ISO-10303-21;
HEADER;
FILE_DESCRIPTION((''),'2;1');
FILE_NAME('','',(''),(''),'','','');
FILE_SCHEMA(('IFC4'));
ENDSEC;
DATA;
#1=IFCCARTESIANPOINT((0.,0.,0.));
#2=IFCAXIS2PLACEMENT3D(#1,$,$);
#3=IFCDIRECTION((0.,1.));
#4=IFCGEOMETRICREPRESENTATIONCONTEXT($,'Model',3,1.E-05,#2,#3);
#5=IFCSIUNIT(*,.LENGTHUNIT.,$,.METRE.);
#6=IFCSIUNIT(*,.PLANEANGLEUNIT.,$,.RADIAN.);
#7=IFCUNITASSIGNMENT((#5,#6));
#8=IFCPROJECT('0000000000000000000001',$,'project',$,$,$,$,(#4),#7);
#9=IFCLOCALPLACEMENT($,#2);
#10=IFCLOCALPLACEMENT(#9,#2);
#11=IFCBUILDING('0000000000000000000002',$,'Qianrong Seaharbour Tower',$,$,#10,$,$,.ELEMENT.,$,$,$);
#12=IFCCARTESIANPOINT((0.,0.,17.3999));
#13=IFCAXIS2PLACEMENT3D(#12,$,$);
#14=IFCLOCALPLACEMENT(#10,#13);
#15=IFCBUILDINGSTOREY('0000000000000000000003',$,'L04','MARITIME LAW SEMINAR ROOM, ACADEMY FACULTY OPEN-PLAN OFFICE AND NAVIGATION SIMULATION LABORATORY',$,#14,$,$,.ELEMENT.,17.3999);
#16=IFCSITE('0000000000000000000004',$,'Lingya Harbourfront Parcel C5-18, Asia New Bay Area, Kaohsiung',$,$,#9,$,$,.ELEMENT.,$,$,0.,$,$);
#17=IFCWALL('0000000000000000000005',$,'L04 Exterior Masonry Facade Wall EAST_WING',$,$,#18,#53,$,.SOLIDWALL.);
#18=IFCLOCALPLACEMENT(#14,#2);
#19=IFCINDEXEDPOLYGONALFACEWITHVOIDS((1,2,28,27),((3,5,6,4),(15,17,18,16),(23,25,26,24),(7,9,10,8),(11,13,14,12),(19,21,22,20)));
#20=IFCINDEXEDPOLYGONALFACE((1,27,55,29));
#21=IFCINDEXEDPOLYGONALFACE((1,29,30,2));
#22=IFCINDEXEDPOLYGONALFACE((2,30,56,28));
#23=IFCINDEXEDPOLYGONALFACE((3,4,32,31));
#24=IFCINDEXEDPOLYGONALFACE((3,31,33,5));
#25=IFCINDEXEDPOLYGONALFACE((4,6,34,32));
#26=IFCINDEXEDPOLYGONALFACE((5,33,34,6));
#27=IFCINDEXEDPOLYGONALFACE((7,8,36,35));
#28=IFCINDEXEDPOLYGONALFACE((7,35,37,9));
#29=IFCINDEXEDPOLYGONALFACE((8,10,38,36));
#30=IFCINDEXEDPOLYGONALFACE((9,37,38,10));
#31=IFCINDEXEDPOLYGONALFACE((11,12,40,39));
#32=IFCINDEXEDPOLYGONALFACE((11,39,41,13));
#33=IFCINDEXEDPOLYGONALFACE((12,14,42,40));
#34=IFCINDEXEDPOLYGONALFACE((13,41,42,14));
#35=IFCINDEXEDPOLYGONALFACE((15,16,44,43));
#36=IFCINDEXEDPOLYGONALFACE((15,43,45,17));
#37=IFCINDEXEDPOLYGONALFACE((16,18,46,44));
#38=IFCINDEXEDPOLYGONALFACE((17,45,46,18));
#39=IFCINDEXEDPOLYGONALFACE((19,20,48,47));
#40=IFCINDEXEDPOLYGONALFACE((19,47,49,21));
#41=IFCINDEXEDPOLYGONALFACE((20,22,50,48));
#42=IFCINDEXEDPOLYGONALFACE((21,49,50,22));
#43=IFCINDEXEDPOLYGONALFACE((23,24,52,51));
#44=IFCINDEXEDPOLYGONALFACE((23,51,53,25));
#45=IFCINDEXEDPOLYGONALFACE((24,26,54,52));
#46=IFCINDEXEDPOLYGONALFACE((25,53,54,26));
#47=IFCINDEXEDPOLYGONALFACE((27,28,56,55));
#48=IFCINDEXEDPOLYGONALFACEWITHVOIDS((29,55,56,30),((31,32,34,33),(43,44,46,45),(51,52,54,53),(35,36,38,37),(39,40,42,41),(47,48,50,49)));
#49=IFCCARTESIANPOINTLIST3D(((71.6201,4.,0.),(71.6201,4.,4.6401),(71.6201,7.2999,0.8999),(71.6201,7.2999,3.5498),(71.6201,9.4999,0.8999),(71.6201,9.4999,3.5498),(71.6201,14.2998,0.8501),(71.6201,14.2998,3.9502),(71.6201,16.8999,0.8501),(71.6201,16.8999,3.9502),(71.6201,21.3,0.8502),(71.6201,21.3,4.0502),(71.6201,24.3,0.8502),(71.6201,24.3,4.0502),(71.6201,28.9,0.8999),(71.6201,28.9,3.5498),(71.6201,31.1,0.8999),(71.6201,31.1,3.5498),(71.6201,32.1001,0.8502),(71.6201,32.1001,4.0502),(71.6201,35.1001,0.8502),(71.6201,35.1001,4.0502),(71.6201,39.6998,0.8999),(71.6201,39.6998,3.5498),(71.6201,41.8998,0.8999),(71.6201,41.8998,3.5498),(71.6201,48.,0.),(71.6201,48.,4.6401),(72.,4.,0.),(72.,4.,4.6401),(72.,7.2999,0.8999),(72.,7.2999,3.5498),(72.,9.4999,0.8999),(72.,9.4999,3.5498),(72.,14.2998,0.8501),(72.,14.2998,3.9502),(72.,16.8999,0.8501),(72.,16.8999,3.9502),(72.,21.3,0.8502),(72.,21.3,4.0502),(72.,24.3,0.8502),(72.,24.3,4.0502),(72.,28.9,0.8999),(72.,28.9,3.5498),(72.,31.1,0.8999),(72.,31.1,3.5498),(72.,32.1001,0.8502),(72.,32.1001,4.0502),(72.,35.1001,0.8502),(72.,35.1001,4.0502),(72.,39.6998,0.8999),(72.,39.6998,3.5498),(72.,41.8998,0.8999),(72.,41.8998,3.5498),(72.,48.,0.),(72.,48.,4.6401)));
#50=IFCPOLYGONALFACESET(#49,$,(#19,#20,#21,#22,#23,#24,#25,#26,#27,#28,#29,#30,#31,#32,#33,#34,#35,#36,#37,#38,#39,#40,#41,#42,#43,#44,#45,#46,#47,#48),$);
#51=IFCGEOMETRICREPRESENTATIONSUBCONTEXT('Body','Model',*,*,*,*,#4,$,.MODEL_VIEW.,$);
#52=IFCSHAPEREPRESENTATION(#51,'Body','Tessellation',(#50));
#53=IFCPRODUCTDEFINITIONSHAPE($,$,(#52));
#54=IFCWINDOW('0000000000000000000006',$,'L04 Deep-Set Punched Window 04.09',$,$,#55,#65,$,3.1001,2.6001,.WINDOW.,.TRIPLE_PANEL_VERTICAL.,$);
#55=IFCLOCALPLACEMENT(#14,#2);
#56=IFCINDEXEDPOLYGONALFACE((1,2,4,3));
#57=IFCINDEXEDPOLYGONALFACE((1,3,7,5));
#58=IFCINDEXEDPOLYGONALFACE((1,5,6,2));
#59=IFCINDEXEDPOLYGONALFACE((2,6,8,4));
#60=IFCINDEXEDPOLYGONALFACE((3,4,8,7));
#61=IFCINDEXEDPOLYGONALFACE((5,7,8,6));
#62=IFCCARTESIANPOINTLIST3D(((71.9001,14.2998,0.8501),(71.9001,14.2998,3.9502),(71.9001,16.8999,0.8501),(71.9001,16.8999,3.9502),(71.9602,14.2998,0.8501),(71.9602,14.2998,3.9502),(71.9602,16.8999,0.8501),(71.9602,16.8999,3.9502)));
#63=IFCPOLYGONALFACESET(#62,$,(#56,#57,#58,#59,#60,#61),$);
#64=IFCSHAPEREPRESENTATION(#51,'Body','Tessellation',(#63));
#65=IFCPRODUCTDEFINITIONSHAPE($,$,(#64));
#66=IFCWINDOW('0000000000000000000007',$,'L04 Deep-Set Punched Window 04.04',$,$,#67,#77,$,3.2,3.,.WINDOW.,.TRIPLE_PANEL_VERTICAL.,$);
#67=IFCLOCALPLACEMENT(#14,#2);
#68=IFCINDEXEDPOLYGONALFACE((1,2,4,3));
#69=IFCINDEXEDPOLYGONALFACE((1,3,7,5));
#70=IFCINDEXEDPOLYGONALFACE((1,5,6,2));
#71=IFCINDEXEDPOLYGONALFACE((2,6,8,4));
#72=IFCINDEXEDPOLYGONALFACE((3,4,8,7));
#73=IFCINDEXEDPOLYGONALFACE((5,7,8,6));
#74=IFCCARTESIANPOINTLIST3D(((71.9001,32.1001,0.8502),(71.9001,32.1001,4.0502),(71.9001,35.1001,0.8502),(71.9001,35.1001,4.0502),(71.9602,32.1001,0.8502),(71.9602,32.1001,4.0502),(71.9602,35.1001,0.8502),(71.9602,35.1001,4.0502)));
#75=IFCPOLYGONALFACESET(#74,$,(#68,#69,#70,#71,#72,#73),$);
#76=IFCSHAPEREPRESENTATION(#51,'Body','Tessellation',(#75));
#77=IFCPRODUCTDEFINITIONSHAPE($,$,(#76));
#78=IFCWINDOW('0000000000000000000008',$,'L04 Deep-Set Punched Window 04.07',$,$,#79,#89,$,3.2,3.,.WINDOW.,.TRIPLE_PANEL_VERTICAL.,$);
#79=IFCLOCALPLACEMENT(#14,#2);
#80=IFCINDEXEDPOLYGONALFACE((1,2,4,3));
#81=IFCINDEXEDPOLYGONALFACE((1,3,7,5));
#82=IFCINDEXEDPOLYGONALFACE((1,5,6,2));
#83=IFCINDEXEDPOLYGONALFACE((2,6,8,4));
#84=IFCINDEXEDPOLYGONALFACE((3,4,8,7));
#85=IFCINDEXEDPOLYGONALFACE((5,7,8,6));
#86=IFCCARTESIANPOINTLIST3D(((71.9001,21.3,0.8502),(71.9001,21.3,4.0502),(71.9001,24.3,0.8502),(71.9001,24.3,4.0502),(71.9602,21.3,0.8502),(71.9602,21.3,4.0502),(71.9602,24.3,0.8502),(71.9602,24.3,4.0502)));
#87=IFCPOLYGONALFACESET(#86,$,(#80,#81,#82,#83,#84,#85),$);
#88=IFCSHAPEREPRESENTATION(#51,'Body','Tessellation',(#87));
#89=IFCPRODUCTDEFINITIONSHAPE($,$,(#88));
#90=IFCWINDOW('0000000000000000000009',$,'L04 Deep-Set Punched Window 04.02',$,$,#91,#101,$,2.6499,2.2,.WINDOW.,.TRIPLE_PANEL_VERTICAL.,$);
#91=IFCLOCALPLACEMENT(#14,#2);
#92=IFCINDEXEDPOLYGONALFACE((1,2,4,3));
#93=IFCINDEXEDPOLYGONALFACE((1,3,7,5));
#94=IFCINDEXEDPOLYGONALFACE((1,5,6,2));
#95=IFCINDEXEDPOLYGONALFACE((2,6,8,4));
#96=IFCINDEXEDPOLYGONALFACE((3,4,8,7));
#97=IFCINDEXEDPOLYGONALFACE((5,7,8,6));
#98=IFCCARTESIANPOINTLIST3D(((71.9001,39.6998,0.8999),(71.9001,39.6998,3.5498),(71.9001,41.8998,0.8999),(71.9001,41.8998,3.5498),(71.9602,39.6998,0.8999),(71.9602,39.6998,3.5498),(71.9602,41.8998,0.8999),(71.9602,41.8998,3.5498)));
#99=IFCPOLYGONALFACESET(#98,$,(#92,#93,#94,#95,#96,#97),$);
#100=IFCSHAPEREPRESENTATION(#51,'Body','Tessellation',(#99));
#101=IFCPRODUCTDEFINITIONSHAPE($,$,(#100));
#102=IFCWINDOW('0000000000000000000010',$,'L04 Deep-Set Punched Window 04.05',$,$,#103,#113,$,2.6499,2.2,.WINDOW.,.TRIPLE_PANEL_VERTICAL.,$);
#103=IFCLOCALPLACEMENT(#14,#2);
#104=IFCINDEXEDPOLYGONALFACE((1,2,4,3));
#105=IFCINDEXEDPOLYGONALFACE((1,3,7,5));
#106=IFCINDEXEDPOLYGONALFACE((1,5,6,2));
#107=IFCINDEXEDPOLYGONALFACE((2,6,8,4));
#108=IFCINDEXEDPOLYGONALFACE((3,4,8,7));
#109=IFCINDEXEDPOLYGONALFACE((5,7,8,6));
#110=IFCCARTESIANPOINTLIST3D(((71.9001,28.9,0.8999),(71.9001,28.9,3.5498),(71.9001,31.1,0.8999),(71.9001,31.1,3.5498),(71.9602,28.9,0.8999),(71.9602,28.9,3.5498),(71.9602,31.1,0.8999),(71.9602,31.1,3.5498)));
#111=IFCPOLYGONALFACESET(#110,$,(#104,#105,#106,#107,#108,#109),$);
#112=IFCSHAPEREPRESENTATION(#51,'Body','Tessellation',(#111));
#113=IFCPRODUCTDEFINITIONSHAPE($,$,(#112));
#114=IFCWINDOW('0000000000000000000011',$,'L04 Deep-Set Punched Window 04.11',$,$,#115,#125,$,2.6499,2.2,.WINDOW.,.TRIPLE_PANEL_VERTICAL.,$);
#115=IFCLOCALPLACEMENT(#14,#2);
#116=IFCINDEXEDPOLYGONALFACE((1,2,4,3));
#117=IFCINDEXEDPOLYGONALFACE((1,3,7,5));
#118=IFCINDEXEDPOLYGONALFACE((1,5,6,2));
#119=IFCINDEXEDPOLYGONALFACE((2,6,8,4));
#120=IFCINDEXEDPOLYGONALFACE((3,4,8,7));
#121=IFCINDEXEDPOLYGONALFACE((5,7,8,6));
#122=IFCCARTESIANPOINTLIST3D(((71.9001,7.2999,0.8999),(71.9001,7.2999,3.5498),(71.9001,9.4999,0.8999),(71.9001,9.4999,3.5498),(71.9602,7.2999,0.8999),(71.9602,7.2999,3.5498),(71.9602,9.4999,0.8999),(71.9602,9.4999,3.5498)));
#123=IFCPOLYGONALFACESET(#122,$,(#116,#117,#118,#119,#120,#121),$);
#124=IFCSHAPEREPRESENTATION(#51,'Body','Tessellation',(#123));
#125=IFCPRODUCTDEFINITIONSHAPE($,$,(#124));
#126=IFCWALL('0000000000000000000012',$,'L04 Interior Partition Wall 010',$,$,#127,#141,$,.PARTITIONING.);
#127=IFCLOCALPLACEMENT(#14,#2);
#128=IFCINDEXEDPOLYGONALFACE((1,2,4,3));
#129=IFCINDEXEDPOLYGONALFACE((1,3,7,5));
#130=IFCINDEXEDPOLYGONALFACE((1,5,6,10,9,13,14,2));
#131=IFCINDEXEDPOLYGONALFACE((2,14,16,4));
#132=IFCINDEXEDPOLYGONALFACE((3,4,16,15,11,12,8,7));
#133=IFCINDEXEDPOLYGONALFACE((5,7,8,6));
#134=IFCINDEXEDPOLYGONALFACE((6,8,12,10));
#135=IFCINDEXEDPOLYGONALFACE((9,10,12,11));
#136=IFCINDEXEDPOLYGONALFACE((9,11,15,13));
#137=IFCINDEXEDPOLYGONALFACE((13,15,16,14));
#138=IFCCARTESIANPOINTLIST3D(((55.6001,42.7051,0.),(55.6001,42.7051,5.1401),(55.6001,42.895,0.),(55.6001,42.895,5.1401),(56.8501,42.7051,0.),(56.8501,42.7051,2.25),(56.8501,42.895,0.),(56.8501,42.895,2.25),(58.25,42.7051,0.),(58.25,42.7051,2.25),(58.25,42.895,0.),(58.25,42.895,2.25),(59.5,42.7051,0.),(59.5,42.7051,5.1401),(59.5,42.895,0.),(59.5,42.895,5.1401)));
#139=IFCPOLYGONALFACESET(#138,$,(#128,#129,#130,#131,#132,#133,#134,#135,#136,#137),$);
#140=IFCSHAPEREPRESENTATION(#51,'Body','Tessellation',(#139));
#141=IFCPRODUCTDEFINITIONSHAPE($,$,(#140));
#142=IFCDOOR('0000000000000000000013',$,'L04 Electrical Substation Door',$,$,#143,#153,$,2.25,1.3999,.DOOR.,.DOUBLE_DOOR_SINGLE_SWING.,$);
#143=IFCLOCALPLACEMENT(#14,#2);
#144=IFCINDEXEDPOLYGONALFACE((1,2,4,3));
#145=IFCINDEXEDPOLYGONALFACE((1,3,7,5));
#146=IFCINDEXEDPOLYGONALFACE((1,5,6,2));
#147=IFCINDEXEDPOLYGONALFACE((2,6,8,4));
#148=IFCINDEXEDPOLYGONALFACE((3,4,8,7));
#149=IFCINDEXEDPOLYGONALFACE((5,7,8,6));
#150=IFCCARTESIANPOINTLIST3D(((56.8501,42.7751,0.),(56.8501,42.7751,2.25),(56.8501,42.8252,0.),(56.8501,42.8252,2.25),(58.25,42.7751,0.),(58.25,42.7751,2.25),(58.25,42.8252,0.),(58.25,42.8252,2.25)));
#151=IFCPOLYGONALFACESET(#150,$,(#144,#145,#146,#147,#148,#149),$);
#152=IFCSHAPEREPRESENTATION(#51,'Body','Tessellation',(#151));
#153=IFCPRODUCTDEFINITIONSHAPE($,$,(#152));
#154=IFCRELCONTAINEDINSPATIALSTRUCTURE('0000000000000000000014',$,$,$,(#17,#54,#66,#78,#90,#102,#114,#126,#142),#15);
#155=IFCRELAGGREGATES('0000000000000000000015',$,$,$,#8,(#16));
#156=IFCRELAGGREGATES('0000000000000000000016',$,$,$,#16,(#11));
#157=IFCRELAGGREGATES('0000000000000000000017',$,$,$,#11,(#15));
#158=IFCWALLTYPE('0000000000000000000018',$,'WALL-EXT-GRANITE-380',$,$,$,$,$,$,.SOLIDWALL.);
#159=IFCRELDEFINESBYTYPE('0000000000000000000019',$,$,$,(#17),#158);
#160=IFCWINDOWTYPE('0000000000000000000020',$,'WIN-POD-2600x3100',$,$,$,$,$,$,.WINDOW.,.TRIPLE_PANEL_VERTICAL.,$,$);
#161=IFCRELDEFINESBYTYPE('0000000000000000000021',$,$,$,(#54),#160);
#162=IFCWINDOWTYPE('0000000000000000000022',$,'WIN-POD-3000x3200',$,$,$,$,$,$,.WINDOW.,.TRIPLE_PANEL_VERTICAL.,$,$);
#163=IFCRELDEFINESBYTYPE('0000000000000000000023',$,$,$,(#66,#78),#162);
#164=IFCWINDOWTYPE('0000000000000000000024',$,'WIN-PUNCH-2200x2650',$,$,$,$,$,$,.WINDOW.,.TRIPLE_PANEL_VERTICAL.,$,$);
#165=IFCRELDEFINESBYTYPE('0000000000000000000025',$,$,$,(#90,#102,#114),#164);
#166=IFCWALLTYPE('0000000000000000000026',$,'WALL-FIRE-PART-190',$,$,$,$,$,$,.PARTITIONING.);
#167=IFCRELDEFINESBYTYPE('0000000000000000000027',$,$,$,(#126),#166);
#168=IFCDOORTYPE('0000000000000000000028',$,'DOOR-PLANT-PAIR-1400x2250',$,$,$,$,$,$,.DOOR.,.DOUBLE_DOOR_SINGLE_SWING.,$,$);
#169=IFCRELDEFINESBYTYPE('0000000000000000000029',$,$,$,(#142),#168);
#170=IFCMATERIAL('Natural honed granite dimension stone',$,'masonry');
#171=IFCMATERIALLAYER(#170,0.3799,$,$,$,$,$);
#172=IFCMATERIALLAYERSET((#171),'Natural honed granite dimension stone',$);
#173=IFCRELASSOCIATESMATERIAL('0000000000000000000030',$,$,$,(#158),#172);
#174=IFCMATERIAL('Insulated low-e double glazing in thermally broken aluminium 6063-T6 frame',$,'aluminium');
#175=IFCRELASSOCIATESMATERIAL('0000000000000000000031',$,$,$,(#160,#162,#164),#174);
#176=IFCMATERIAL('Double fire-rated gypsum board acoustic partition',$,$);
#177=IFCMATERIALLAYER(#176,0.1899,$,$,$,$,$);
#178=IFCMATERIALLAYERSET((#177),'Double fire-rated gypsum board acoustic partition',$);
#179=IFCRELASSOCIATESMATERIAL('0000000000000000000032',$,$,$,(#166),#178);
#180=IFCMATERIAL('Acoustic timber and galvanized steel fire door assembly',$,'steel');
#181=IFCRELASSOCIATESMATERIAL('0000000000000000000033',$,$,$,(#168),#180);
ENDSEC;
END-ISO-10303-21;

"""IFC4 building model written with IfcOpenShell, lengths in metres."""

from ifc_helpers import new_model, si_unit, direction, frame, frame_2d, origin, place, context, subcontext, project, spatial, rectangle, extrude, material, layer, layer_set, type_object, element, fill, save


model = new_model("IFC4")

# Units and contexts
model_context = context("Model", 3, precision=1e-05, world=origin(), true_north=direction((0.0, 1.0)))
body_context = subcontext(model_context, "Body", "Model", "MODEL_VIEW")
ifc_project = project(units=[si_unit("LENGTHUNIT", "METRE"), si_unit("PLANEANGLEUNIT", "RADIAN")], contexts=[model_context])

# Site, building, storey
site_placement = place(None, origin())
site = spatial("IfcSite", under=ifc_project, at=site_placement, Name="Lingya Harbourfront Parcel C5-18, Asia New Bay Area, Kaohsiung", CompositionType="ELEMENT", RefElevation=0.0)
building_placement = place(site_placement, origin())
building = spatial("IfcBuilding", under=site, at=building_placement, Name="Qianrong Seaharbour Tower", CompositionType="ELEMENT")
storey_placement = place(building_placement, frame((0.0, 0.0, 17.3999)))
storey = spatial("IfcBuildingStorey", under=building, at=storey_placement, Name="L04", Description="MARITIME LAW SEMINAR ROOM, ACADEMY FACULTY OPEN-PLAN OFFICE AND NAVIGATION SIMULATION LABORATORY", CompositionType="ELEMENT", Elevation=17.3999)

# Shared definitions
ifc_material_1 = material(Name="Acoustic timber and galvanized steel fire door assembly", Category="steel")

# Shared definitions
ifc_material_2 = material(Name="Natural honed granite dimension stone", Category="masonry")
ifc_layer_1 = layer(ifc_material_2, 0.3799)
ifc_layer_set_1 = layer_set([ifc_layer_1], Name="Natural honed granite dimension stone")
wall_type_1 = type_object("IfcWallType", Name="WALL-EXT-GRANITE-380", PredefinedType="SOLIDWALL", material=ifc_layer_set_1)

# Wall, openings, windows
wall_1_placement = place(storey_placement, frame((71.8101, 48.0, 0.0), z_axis=(0.0, 0.0, 1.0), x_axis=(0.0, -1.0, 0.0)))
wall_1 = element("IfcWall", 1, at=wall_1_placement, inside=storey, type_object=wall_type_1, Name="L04 Exterior Masonry Facade Wall EAST_WING", PredefinedType="SOLIDWALL", context=body_context, shape_type="SweptSolid", body=[
    extrude(rectangle(XDim=44.0, YDim=0.3799, at=frame_2d((22.0, 0.0))), origin(), (0.0, 0.0, 1.0), 4.6401),
])
opening_1_placement = place(wall_1_placement, frame((6.1001, 0.0, 0.8999)))
opening_1 = element("IfcOpeningElement", 2, at=opening_1_placement, cuts=wall_1, PredefinedType="OPENING", context=body_context, shape_type="SweptSolid", body=[
    extrude(rectangle(XDim=2.2, YDim=2.6499, at=frame_2d((1.1001, 1.325))), frame((0.0, 0.2, 0.0), z_axis=(0.0, -1.0, 0.0), x_axis=(1.0, 0.0, 0.0)), (0.0, 0.0, 1.0), 0.3999),
])
opening_2_placement = place(wall_1_placement, frame((12.8999, 0.0, 0.8501)))
opening_2 = element("IfcOpeningElement", 3, at=opening_2_placement, cuts=wall_1, PredefinedType="OPENING", context=body_context, shape_type="SweptSolid", body=[
    extrude(rectangle(XDim=3.0, YDim=3.2, at=frame_2d((1.5, 1.6001))), frame((0.0, 0.2, 0.0), z_axis=(0.0, -1.0, 0.0), x_axis=(1.0, 0.0, 0.0)), (0.0, 0.0, 1.0), 0.3999),
])
opening_3_placement = place(wall_1_placement, frame((16.8999, 0.0, 0.8999)))
opening_3 = element("IfcOpeningElement", 4, at=opening_3_placement, cuts=wall_1, PredefinedType="OPENING", context=body_context, shape_type="SweptSolid", body=[
    extrude(rectangle(XDim=2.2, YDim=2.6499, at=frame_2d((1.1001, 1.325))), frame((0.0, 0.2, 0.0), z_axis=(0.0, -1.0, 0.0), x_axis=(1.0, 0.0, 0.0)), (0.0, 0.0, 1.0), 0.3999),
])
opening_4_placement = place(wall_1_placement, frame((23.7, 0.0, 0.8501)))
opening_4 = element("IfcOpeningElement", 5, at=opening_4_placement, cuts=wall_1, PredefinedType="OPENING", context=body_context, shape_type="SweptSolid", body=[
    extrude(rectangle(XDim=3.0, YDim=3.2, at=frame_2d((1.5, 1.6001))), frame((0.0, 0.2, 0.0), z_axis=(0.0, -1.0, 0.0), x_axis=(1.0, 0.0, 0.0)), (0.0, 0.0, 1.0), 0.3999),
])
opening_5_placement = place(wall_1_placement, frame((31.1001, 0.0, 0.8501)))
opening_5 = element("IfcOpeningElement", 6, at=opening_5_placement, cuts=wall_1, PredefinedType="OPENING", context=body_context, shape_type="SweptSolid", body=[
    extrude(rectangle(XDim=2.6001, YDim=3.1001, at=frame_2d((1.3, 1.55))), frame((0.0, 0.2, 0.0), z_axis=(0.0, -1.0, 0.0), x_axis=(1.0, 0.0, 0.0)), (0.0, 0.0, 1.0), 0.3999),
])
opening_6_placement = place(wall_1_placement, frame((38.5, 0.0, 0.8999)))
opening_6 = element("IfcOpeningElement", 7, at=opening_6_placement, cuts=wall_1, PredefinedType="OPENING", context=body_context, shape_type="SweptSolid", body=[
    extrude(rectangle(XDim=2.2, YDim=2.6499, at=frame_2d((1.1001, 1.325))), frame((0.0, 0.2, 0.0), z_axis=(0.0, -1.0, 0.0), x_axis=(1.0, 0.0, 0.0)), (0.0, 0.0, 1.0), 0.3999),
])
ifc_material_3 = material(Name="Insulated low-e double glazing in thermally broken aluminium 6063-T6 frame", Category="aluminium")
window_type_1 = type_object("IfcWindowType", Name="WIN-POD-2600x3100", PartitioningType="TRIPLE_PANEL_VERTICAL", PredefinedType="WINDOW", material=ifc_material_3)
window_1_placement = place(opening_5_placement, origin())
window_1 = element("IfcWindow", 8, at=window_1_placement, inside=storey, type_object=window_type_1, Name="L04 Deep-Set Punched Window 04.09", OverallHeight=3.1001, OverallWidth=2.6001, PartitioningType="TRIPLE_PANEL_VERTICAL", PredefinedType="WINDOW", context=body_context, shape_type="SweptSolid", body=[
    extrude(rectangle(XDim=2.6001, YDim=3.1001, at=frame_2d((1.3, 1.55))), frame((0.0, 0.1501, 0.0), z_axis=(0.0, -1.0, 0.0), x_axis=(1.0, 0.0, 0.0)), (0.0, 0.0, 1.0), 0.0601),
])
fill(opening_5, window_1)
window_type_2 = type_object("IfcWindowType", Name="WIN-POD-3000x3200", PartitioningType="TRIPLE_PANEL_VERTICAL", PredefinedType="WINDOW", material=ifc_material_3)
window_2_placement = place(opening_2_placement, origin())
window_2 = element("IfcWindow", 9, at=window_2_placement, inside=storey, type_object=window_type_2, Name="L04 Deep-Set Punched Window 04.04", OverallHeight=3.2, OverallWidth=3.0, PartitioningType="TRIPLE_PANEL_VERTICAL", PredefinedType="WINDOW", context=body_context, shape_type="SweptSolid", body=[
    extrude(rectangle(XDim=3.0, YDim=3.2, at=frame_2d((1.5, 1.6001))), frame((0.0, 0.1501, 0.0), z_axis=(0.0, -1.0, 0.0), x_axis=(1.0, 0.0, 0.0)), (0.0, 0.0, 1.0), 0.0601),
])
fill(opening_2, window_2)
window_3_placement = place(opening_4_placement, origin())
window_3 = element("IfcWindow", 10, at=window_3_placement, inside=storey, type_object=window_type_2, Name="L04 Deep-Set Punched Window 04.07", OverallHeight=3.2, OverallWidth=3.0, PartitioningType="TRIPLE_PANEL_VERTICAL", PredefinedType="WINDOW", context=body_context, shape_type="SweptSolid", body=[
    extrude(rectangle(XDim=3.0, YDim=3.2, at=frame_2d((1.5, 1.6001))), frame((0.0, 0.1501, 0.0), z_axis=(0.0, -1.0, 0.0), x_axis=(1.0, 0.0, 0.0)), (0.0, 0.0, 1.0), 0.0601),
])
fill(opening_4, window_3)
window_type_3 = type_object("IfcWindowType", Name="WIN-PUNCH-2200x2650", PartitioningType="TRIPLE_PANEL_VERTICAL", PredefinedType="WINDOW", material=ifc_material_3)
window_4_placement = place(opening_1_placement, origin())
window_4 = element("IfcWindow", 11, at=window_4_placement, inside=storey, type_object=window_type_3, Name="L04 Deep-Set Punched Window 04.02", OverallHeight=2.6499, OverallWidth=2.2, PartitioningType="TRIPLE_PANEL_VERTICAL", PredefinedType="WINDOW", context=body_context, shape_type="SweptSolid", body=[
    extrude(rectangle(XDim=2.2, YDim=2.6499, at=frame_2d((1.1001, 1.325))), frame((0.0, 0.1501, 0.0), z_axis=(0.0, -1.0, 0.0), x_axis=(1.0, 0.0, 0.0)), (0.0, 0.0, 1.0), 0.0601),
])
fill(opening_1, window_4)
window_5_placement = place(opening_3_placement, origin())
window_5 = element("IfcWindow", 12, at=window_5_placement, inside=storey, type_object=window_type_3, Name="L04 Deep-Set Punched Window 04.05", OverallHeight=2.6499, OverallWidth=2.2, PartitioningType="TRIPLE_PANEL_VERTICAL", PredefinedType="WINDOW", context=body_context, shape_type="SweptSolid", body=[
    extrude(rectangle(XDim=2.2, YDim=2.6499, at=frame_2d((1.1001, 1.325))), frame((0.0, 0.1501, 0.0), z_axis=(0.0, -1.0, 0.0), x_axis=(1.0, 0.0, 0.0)), (0.0, 0.0, 1.0), 0.0601),
])
fill(opening_3, window_5)
window_6_placement = place(opening_6_placement, origin())
window_6 = element("IfcWindow", 13, at=window_6_placement, inside=storey, type_object=window_type_3, Name="L04 Deep-Set Punched Window 04.11", OverallHeight=2.6499, OverallWidth=2.2, PartitioningType="TRIPLE_PANEL_VERTICAL", PredefinedType="WINDOW", context=body_context, shape_type="SweptSolid", body=[
    extrude(rectangle(XDim=2.2, YDim=2.6499, at=frame_2d((1.1001, 1.325))), frame((0.0, 0.1501, 0.0), z_axis=(0.0, -1.0, 0.0), x_axis=(1.0, 0.0, 0.0)), (0.0, 0.0, 1.0), 0.0601),
])
fill(opening_6, window_6)

# Wall, opening, door
ifc_material_4 = material(Name="Double fire-rated gypsum board acoustic partition")
ifc_layer_2 = layer(ifc_material_4, 0.1899)
ifc_layer_set_2 = layer_set([ifc_layer_2], Name="Double fire-rated gypsum board acoustic partition")
wall_type_2 = type_object("IfcWallType", Name="WALL-FIRE-PART-190", PredefinedType="PARTITIONING", material=ifc_layer_set_2)
wall_2_placement = place(storey_placement, frame((59.5, 42.8, 0.0), z_axis=(0.0, 0.0, 1.0), x_axis=(-1.0, 0.0, 0.0)))
wall_2 = element("IfcWall", 14, at=wall_2_placement, inside=storey, type_object=wall_type_2, Name="L04 Interior Partition Wall 010", PredefinedType="PARTITIONING", context=body_context, shape_type="SweptSolid", body=[
    extrude(rectangle(XDim=3.8999, YDim=0.1899, at=frame_2d((1.95, 0.0))), origin(), (0.0, 0.0, 1.0), 5.1401),
])
opening_7_placement = place(wall_2_placement, frame((1.25, 0.0, 0.0)))
opening_7 = element("IfcOpeningElement", 15, at=opening_7_placement, cuts=wall_2, PredefinedType="OPENING", context=body_context, shape_type="SweptSolid", body=[
    extrude(rectangle(XDim=1.3999, YDim=2.25, at=frame_2d((0.7, 1.125))), frame((0.0, 0.105, 0.0), z_axis=(0.0, -1.0, 0.0), x_axis=(1.0, 0.0, 0.0)), (0.0, 0.0, 1.0), 0.21),
])
door_type_1 = type_object("IfcDoorType", Name="DOOR-PLANT-PAIR-1400x2250", OperationType="DOUBLE_DOOR_SINGLE_SWING", PredefinedType="DOOR", material=ifc_material_1)
door_1_placement = place(opening_7_placement, origin())
door_1 = element("IfcDoor", 16, at=door_1_placement, inside=storey, type_object=door_type_1, Name="L04 Electrical Substation Door", OperationType="DOUBLE_DOOR_SINGLE_SWING", OverallHeight=2.25, OverallWidth=1.3999, PredefinedType="DOOR", context=body_context, shape_type="SweptSolid", body=[
    extrude(rectangle(XDim=1.3999, YDim=2.25, at=frame_2d((0.7, 1.125))), frame((0.0, 0.0249, 0.0), z_axis=(0.0, -1.0, 0.0), x_axis=(1.0, 0.0, 0.0)), (0.0, 0.0, 1.0), 0.05),
])
fill(opening_7, door_1)

save(model, "model.ifc")
